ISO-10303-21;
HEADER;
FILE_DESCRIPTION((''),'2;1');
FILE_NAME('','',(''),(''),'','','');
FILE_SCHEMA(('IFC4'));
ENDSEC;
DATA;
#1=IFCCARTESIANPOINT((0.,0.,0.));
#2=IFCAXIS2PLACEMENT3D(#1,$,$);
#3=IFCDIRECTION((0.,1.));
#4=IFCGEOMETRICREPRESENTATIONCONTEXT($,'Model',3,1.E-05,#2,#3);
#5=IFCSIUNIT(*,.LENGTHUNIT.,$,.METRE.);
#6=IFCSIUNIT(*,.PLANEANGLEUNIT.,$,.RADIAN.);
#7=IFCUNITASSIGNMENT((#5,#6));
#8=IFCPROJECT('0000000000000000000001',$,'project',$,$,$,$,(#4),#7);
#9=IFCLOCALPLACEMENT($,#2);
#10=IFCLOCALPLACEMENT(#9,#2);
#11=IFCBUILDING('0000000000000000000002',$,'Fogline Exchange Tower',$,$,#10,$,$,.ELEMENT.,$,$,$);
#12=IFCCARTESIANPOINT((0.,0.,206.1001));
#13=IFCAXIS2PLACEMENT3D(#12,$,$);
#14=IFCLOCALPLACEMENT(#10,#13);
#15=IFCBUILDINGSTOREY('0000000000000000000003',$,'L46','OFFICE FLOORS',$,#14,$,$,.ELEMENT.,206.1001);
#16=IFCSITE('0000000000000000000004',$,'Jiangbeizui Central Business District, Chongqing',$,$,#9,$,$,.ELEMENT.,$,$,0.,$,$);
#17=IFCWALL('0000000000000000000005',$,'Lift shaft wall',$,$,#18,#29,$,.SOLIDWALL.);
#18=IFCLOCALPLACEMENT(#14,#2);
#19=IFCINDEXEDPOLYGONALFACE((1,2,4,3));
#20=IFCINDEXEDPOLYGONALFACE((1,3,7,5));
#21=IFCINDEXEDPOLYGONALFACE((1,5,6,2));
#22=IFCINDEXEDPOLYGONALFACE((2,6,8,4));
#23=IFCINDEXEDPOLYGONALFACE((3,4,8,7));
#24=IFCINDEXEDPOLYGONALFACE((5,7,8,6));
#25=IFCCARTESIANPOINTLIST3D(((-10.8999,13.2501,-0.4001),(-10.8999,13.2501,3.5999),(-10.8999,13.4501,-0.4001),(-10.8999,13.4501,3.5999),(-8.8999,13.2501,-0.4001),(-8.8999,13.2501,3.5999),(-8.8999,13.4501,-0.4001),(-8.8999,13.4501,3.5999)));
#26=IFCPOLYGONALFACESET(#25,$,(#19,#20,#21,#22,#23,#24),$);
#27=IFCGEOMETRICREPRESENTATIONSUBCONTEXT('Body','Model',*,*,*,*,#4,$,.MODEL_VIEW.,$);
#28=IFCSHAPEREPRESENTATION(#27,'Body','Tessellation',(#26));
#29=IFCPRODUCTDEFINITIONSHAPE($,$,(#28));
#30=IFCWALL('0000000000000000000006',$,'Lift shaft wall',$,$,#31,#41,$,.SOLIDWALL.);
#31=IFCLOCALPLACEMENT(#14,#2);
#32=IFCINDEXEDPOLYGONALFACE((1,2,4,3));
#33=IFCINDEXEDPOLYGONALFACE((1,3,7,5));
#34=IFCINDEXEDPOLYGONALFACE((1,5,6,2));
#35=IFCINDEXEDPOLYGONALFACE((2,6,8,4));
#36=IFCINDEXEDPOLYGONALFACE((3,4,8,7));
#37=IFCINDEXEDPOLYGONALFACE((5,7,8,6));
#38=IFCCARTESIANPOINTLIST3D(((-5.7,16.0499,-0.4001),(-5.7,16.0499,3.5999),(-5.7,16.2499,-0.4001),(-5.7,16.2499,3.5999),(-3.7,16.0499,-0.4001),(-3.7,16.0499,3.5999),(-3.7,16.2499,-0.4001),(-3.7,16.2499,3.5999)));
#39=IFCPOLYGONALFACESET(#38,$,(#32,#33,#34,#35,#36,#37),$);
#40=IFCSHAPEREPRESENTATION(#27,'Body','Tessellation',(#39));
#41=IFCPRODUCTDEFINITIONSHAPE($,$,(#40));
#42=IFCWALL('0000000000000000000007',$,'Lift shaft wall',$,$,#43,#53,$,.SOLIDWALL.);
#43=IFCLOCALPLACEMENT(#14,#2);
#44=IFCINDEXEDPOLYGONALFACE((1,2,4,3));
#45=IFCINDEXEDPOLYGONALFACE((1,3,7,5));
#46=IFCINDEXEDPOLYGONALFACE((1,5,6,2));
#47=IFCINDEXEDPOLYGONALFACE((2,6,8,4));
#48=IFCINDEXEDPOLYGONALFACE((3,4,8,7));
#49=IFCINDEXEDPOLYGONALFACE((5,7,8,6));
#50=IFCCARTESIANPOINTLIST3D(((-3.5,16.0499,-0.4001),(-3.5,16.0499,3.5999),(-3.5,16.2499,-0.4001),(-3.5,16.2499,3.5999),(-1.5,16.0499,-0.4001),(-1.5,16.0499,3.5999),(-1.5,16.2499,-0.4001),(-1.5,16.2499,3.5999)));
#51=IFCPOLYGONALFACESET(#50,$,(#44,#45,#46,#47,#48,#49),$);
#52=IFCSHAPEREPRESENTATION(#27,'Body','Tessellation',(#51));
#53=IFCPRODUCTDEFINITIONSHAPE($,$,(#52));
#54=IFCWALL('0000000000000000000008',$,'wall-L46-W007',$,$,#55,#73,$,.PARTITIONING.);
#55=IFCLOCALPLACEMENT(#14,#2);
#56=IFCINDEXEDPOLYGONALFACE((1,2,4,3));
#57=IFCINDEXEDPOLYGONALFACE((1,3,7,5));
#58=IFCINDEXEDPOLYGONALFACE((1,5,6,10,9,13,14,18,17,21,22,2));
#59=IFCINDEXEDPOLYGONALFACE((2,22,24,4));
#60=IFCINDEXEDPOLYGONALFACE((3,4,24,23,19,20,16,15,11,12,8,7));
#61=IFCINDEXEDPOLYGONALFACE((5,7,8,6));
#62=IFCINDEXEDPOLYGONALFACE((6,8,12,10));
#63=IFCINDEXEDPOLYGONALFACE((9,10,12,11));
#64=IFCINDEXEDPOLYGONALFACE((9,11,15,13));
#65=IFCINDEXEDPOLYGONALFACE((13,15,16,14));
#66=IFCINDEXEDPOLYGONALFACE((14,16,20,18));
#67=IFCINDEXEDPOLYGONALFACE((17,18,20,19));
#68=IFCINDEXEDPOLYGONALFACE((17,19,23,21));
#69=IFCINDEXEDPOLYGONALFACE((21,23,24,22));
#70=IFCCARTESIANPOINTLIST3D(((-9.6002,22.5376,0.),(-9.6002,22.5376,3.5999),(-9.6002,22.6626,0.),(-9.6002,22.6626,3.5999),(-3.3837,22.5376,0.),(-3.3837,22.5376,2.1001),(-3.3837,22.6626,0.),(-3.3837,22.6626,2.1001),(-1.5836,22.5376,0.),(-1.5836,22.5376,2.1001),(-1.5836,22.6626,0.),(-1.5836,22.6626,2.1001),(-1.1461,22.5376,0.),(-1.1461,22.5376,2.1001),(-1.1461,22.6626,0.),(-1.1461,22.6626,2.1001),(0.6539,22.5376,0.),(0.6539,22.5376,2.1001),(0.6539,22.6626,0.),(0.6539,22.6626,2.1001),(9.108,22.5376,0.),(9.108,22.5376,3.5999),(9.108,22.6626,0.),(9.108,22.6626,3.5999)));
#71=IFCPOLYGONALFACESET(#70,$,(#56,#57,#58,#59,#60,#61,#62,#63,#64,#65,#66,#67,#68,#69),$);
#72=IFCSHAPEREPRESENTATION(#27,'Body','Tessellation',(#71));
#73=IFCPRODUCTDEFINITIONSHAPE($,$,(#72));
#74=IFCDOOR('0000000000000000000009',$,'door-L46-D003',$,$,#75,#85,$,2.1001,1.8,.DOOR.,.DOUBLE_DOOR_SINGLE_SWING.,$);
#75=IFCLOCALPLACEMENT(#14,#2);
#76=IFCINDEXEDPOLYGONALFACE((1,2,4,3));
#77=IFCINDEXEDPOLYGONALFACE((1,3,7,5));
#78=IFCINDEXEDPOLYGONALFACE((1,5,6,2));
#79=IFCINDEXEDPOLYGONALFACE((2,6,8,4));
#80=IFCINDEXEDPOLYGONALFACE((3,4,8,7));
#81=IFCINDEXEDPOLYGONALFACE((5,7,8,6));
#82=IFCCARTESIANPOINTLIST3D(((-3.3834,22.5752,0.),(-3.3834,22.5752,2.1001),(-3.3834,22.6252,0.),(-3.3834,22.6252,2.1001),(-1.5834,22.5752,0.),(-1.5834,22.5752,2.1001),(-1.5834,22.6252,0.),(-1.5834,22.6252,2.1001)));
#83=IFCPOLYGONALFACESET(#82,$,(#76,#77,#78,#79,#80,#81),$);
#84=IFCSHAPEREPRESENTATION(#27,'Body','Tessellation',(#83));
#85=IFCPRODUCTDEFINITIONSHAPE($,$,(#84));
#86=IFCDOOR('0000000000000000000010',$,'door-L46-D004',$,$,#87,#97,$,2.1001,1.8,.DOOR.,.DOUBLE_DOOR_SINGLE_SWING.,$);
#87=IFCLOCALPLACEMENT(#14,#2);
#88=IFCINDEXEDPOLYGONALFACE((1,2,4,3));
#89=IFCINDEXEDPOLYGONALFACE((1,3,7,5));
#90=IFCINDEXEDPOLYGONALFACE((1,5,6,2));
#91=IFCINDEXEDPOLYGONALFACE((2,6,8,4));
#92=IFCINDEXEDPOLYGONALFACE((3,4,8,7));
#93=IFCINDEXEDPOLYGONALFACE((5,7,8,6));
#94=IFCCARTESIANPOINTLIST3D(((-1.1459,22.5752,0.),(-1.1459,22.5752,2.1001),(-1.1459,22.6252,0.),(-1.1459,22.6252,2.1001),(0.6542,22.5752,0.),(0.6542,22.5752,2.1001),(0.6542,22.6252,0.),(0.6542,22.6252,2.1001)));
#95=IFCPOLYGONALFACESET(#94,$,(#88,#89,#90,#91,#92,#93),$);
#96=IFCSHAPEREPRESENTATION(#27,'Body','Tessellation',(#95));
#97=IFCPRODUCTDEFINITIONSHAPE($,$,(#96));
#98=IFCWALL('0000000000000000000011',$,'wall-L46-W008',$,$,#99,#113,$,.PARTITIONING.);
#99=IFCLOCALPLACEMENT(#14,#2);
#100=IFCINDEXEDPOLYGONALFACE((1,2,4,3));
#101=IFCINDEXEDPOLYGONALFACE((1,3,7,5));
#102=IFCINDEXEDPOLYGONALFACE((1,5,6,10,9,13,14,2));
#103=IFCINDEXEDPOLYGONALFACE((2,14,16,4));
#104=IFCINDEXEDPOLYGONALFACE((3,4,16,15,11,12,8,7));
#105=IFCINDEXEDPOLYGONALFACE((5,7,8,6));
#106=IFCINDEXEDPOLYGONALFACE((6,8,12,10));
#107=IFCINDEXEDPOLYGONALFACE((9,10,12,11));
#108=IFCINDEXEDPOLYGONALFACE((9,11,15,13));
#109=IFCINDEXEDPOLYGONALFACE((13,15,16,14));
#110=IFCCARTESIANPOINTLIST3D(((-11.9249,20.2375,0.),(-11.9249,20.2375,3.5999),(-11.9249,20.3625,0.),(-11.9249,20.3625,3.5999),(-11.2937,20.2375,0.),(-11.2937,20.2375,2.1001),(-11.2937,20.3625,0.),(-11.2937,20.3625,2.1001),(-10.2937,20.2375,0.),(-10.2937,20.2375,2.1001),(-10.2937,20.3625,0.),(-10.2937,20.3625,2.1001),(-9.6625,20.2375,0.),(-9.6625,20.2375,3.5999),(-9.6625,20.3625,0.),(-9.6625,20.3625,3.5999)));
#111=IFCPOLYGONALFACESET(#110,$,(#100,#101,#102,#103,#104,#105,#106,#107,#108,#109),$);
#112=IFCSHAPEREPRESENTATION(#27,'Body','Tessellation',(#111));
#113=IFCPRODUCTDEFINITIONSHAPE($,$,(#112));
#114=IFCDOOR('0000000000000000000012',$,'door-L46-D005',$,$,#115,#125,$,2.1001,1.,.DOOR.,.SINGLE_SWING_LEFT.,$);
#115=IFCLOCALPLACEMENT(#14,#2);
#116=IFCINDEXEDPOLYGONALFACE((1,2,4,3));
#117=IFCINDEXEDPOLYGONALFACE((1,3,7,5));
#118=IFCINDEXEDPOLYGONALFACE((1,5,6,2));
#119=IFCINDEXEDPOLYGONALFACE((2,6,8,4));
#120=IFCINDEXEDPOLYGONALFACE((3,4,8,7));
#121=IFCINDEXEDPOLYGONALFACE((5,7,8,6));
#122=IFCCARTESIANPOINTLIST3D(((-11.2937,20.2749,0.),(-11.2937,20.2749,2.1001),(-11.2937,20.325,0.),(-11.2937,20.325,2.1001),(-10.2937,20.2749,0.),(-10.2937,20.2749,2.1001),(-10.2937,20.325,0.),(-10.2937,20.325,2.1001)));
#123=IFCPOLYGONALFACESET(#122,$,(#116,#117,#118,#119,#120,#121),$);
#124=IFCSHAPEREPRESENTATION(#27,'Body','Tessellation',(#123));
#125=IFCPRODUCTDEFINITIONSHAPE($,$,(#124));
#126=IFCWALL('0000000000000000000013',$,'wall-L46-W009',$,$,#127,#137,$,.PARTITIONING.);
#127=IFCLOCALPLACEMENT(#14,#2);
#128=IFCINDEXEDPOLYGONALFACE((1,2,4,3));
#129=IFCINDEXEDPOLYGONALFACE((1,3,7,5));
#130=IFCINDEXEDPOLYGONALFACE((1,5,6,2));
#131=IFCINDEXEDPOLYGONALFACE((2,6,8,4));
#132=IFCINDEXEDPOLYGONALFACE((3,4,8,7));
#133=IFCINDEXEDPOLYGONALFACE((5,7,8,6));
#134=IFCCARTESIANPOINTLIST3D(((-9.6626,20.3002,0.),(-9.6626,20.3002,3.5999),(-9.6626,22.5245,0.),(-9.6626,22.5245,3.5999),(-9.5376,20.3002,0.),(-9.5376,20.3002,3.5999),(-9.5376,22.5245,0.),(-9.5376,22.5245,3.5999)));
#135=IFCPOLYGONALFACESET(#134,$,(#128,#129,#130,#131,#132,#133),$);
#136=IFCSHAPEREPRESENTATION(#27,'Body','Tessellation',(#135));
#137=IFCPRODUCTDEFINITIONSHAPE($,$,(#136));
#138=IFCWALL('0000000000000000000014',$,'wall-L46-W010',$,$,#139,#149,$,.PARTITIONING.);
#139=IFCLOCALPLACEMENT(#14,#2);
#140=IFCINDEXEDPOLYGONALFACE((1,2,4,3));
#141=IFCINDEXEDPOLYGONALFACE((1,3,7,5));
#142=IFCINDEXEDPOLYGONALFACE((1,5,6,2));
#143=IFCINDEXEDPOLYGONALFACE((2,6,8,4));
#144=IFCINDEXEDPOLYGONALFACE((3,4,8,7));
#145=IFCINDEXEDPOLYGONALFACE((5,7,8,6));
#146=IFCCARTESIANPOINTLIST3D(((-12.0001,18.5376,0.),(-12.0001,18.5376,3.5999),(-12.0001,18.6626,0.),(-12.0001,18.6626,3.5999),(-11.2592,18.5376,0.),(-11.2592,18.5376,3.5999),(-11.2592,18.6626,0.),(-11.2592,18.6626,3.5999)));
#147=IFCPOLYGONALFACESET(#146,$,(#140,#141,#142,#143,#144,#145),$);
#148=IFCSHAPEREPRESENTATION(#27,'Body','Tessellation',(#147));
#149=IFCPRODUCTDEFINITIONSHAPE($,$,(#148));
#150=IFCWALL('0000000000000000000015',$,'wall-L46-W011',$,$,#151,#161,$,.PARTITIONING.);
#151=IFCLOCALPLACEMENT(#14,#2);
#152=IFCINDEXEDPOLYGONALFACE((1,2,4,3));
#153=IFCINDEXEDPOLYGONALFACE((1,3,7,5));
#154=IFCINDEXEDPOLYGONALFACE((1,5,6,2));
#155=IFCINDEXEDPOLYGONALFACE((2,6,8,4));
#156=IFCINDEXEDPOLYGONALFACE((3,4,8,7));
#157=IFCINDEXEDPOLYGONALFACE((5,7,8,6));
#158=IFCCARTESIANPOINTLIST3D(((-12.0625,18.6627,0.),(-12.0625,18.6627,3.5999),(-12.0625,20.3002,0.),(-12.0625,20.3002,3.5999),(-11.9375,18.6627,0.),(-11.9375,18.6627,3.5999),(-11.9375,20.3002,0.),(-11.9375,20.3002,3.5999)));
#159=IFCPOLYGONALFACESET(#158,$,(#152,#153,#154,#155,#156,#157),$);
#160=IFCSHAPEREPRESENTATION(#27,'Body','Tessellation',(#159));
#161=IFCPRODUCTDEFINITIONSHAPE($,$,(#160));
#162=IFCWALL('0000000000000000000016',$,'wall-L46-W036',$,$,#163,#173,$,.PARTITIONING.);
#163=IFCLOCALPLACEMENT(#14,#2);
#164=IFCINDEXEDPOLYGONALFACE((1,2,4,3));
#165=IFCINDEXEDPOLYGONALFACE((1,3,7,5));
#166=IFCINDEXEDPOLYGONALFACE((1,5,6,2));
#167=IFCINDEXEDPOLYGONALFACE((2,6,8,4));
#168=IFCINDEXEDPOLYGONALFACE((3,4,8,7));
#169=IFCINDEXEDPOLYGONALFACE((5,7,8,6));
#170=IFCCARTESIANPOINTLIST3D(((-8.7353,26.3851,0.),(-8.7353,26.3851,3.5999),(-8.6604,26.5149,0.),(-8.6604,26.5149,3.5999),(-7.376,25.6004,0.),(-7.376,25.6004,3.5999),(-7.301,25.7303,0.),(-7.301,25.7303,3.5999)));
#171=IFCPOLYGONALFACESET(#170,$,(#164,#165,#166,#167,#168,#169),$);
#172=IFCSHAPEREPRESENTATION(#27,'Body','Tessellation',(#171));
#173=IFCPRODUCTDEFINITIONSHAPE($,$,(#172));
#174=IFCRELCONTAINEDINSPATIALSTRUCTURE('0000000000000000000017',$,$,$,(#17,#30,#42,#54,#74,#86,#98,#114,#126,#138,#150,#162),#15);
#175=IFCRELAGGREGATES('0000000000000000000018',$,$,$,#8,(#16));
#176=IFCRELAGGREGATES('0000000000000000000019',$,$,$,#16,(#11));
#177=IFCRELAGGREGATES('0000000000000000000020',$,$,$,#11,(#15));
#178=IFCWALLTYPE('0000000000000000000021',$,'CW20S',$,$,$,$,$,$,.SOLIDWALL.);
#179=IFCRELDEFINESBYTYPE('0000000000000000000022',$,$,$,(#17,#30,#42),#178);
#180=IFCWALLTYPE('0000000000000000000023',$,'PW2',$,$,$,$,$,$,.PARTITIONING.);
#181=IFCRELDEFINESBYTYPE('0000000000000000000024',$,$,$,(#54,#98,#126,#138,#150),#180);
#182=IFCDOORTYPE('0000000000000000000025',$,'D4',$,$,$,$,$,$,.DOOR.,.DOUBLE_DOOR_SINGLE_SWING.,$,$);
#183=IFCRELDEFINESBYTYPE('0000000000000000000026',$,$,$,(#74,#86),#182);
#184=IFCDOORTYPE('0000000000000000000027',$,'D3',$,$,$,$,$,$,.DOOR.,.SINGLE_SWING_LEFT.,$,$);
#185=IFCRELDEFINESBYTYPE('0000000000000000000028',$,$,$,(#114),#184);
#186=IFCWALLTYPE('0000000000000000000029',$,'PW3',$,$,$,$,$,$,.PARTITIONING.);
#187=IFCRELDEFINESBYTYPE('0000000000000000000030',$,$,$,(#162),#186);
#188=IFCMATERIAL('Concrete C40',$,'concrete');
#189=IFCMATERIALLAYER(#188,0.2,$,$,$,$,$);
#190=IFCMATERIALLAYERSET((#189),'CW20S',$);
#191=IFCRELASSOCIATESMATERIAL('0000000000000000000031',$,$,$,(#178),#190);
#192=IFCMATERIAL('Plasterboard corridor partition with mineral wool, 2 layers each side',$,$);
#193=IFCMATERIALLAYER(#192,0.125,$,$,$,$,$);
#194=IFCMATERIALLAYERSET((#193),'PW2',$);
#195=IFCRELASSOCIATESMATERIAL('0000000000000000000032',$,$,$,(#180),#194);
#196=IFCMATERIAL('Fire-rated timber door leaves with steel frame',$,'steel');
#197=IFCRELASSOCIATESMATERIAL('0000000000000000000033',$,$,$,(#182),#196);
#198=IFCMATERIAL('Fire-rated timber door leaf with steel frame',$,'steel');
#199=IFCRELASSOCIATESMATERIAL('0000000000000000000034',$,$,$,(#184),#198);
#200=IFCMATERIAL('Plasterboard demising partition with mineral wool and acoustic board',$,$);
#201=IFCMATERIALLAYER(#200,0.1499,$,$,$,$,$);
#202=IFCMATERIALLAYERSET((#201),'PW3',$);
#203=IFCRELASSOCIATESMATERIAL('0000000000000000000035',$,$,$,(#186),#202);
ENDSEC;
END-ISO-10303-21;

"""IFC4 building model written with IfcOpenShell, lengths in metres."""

from ifc_helpers import new_model, si_unit, direction, frame, frame_2d, origin, place, context, subcontext, project, spatial, rectangle, extrude, material, layer, layer_set, type_object, element, fill, save


model = new_model("IFC4")

# Units and contexts
model_context = context("Model", 3, precision=1e-05, world=origin(), true_north=direction((0.0, 1.0)))
body_context = subcontext(model_context, "Body", "Model", "MODEL_VIEW")
ifc_project = project(units=[si_unit("LENGTHUNIT", "METRE"), si_unit("PLANEANGLEUNIT", "RADIAN")], contexts=[model_context])

# Site, building, storey
site_placement = place(None, origin())
site = spatial("IfcSite", under=ifc_project, at=site_placement, Name="Jiangbeizui Central Business District, Chongqing", CompositionType="ELEMENT", RefElevation=0.0)
building_placement = place(site_placement, origin())
building = spatial("IfcBuilding", under=site, at=building_placement, Name="Fogline Exchange Tower", CompositionType="ELEMENT")
storey_placement = place(building_placement, frame((0.0, 0.0, 206.1001)))
storey = spatial("IfcBuildingStorey", under=building, at=storey_placement, Name="L46", Description="OFFICE FLOORS", CompositionType="ELEMENT", Elevation=206.1001)

# Shared definitions
ifc_material_1 = material(Name="Concrete C40", Category="concrete")

# Walls
ifc_layer_1 = layer(ifc_material_1, 0.2)
ifc_layer_set_1 = layer_set([ifc_layer_1], Name="CW20S")
wall_type_1 = type_object("IfcWallType", Name="CW20S", PredefinedType="SOLIDWALL", material=ifc_layer_set_1)
for number, where, z_axis, x_axis, name in (
    (1, (-10.8999, 13.3501, -0.4001), (0.0, 0.0, 1.0), (1.0, 0.0, 0.0), "Lift shaft wall"),
    (2, (-5.7, 16.1499, -0.4001), (0.0, 0.0, 1.0), (1.0, 0.0, 0.0), "Lift shaft wall"),
    (3, (-3.5, 16.1499, -0.4001), (0.0, 0.0, 1.0), (1.0, 0.0, 0.0), "Lift shaft wall"),
):
    element("IfcWall", number, at=place(storey_placement, frame(where, z_axis=z_axis, x_axis=x_axis)), inside=storey, type_object=wall_type_1, Name=name, PredefinedType="SOLIDWALL", context=body_context, shape_type="SweptSolid", body=[
        extrude(rectangle(XDim=2.0, YDim=0.2, at=frame_2d((1.0, 0.0))), origin(), (0.0, 0.0, 1.0), 4.0),
    ])

# Wall, openings, doors
ifc_material_2 = material(Name="Plasterboard corridor partition with mineral wool, 2 layers each side")
ifc_layer_2 = layer(ifc_material_2, 0.125)
ifc_layer_set_2 = layer_set([ifc_layer_2], Name="PW2")
wall_type_2 = type_object("IfcWallType", Name="PW2", PredefinedType="PARTITIONING", material=ifc_layer_set_2)
wall_1_placement = place(storey_placement, frame((-9.6001, 22.6001, 0.0), z_axis=(0.0, 0.0, 1.0), x_axis=(1.0, 0.0, 0.0)))
wall_1 = element("IfcWall", 4, at=wall_1_placement, inside=storey, type_object=wall_type_2, Name="wall-L46-W007", PredefinedType="PARTITIONING", context=body_context, shape_type="SweptSolid", body=[
    extrude(rectangle(XDim=18.7083, YDim=0.125, at=frame_2d((9.354, 0.0))), origin(), (0.0, 0.0, 1.0), 3.5999),
])
opening_1_placement = place(wall_1_placement, frame((6.2166, 0.0, 0.0)))
opening_1 = element("IfcOpeningElement", 5, at=opening_1_placement, cuts=wall_1, PredefinedType="OPENING", context=body_context, shape_type="SweptSolid", body=[
    extrude(rectangle(XDim=1.8, YDim=2.1001, at=frame_2d((0.8999, 1.05))), frame((0.0, 0.0725, 0.0), z_axis=(0.0, -1.0, 0.0), x_axis=(1.0, 0.0, 0.0)), (0.0, 0.0, 1.0), 0.145),
])
opening_2_placement = place(wall_1_placement, frame((8.4541, 0.0, 0.0)))
opening_2 = element("IfcOpeningElement", 6, at=opening_2_placement, cuts=wall_1, PredefinedType="OPENING", context=body_context, shape_type="SweptSolid", body=[
    extrude(rectangle(XDim=1.8, YDim=2.1001, at=frame_2d((0.8999, 1.05))), frame((0.0, 0.0725, 0.0), z_axis=(0.0, -1.0, 0.0), x_axis=(1.0, 0.0, 0.0)), (0.0, 0.0, 1.0), 0.145),
])
ifc_material_3 = material(Name="Fire-rated timber door leaves with steel frame", Category="steel")
door_type_1 = type_object("IfcDoorType", Name="D4", OperationType="DOUBLE_DOOR_SINGLE_SWING", PredefinedType="DOOR", material=ifc_material_3)
door_1_placement = place(opening_1_placement, frame((1.8, 0.0, 0.0), z_axis=(0.0, 0.0, 1.0), x_axis=(-1.0, 0.0, 0.0)))
door_1 = element("IfcDoor", 7, at=door_1_placement, inside=storey, type_object=door_type_1, Name="door-L46-D003", OperationType="DOUBLE_DOOR_SINGLE_SWING", OverallHeight=2.1001, OverallWidth=1.8, PredefinedType="DOOR", context=body_context, shape_type="SweptSolid", body=[
    extrude(rectangle(XDim=1.8, YDim=2.1001, at=frame_2d((0.8999, 1.05))), frame((0.0, 0.0249, 0.0), z_axis=(0.0, -1.0, 0.0), x_axis=(1.0, 0.0, 0.0)), (0.0, 0.0, 1.0), 0.05),
])
fill(opening_1, door_1)
door_2_placement = place(opening_2_placement, frame((1.8, 0.0, 0.0), z_axis=(0.0, 0.0, 1.0), x_axis=(-1.0, 0.0, 0.0)))
door_2 = element("IfcDoor", 8, at=door_2_placement, inside=storey, type_object=door_type_1, Name="door-L46-D004", OperationType="DOUBLE_DOOR_SINGLE_SWING", OverallHeight=2.1001, OverallWidth=1.8, PredefinedType="DOOR", context=body_context, shape_type="SweptSolid", body=[
    extrude(rectangle(XDim=1.8, YDim=2.1001, at=frame_2d((0.8999, 1.05))), frame((0.0, 0.0249, 0.0), z_axis=(0.0, -1.0, 0.0), x_axis=(1.0, 0.0, 0.0)), (0.0, 0.0, 1.0), 0.05),
])
fill(opening_2, door_2)

# Wall, opening, door
wall_2_placement = place(storey_placement, frame((-11.925, 20.3, 0.0), z_axis=(0.0, 0.0, 1.0), x_axis=(1.0, 0.0, 0.0)))
wall_2 = element("IfcWall", 9, at=wall_2_placement, inside=storey, type_object=wall_type_2, Name="wall-L46-W008", PredefinedType="PARTITIONING", context=body_context, shape_type="SweptSolid", body=[
    extrude(rectangle(XDim=2.2625, YDim=0.125, at=frame_2d((1.1313, 0.0))), origin(), (0.0, 0.0, 1.0), 3.5999),
])
opening_3_placement = place(wall_2_placement, frame((0.6313, 0.0, 0.0)))
opening_3 = element("IfcOpeningElement", 10, at=opening_3_placement, cuts=wall_2, PredefinedType="OPENING", context=body_context, shape_type="SweptSolid", body=[
    extrude(rectangle(XDim=1.0, YDim=2.1001, at=frame_2d((0.5, 1.05))), frame((0.0, 0.0725, 0.0), z_axis=(0.0, -1.0, 0.0), x_axis=(1.0, 0.0, 0.0)), (0.0, 0.0, 1.0), 0.145),
])
ifc_material_4 = material(Name="Fire-rated timber door leaf with steel frame", Category="steel")
door_type_2 = type_object("IfcDoorType", Name="D3", OperationType="SINGLE_SWING_LEFT", PredefinedType="DOOR", material=ifc_material_4)
door_3_placement = place(opening_3_placement, origin())
door_3 = element("IfcDoor", 11, at=door_3_placement, inside=storey, type_object=door_type_2, Name="door-L46-D005", OperationType="SINGLE_SWING_LEFT", OverallHeight=2.1001, OverallWidth=1.0, PredefinedType="DOOR", context=body_context, shape_type="SweptSolid", body=[
    extrude(rectangle(XDim=1.0, YDim=2.1001, at=frame_2d((0.5, 1.05))), frame((0.0, 0.0249, 0.0), z_axis=(0.0, -1.0, 0.0), x_axis=(1.0, 0.0, 0.0)), (0.0, 0.0, 1.0), 0.05),
])
fill(opening_3, door_3)

# Walls
wall_3_placement = place(storey_placement, frame((-9.6001, 20.3, 0.0), z_axis=(0.0, 0.0, 1.0), x_axis=(0.0, 1.0, 0.0)))
element("IfcWall", 12, at=wall_3_placement, inside=storey, type_object=wall_type_2, Name="wall-L46-W009", PredefinedType="PARTITIONING", context=body_context, shape_type="SweptSolid", body=[
    extrude(rectangle(XDim=2.2244, YDim=0.125, at=frame_2d((1.1123, 0.0))), origin(), (0.0, 0.0, 1.0), 3.5999),
])
wall_4_placement = place(storey_placement, frame((-11.259, 18.6001, 0.0), z_axis=(0.0, 0.0, 1.0), x_axis=(-1.0, 0.0, 0.0)))
element("IfcWall", 13, at=wall_4_placement, inside=storey, type_object=wall_type_2, Name="wall-L46-W010", PredefinedType="PARTITIONING", context=body_context, shape_type="SweptSolid", body=[
    extrude(rectangle(XDim=0.741, YDim=0.125, at=frame_2d((0.3706, 0.0))), origin(), (0.0, 0.0, 1.0), 3.5999),
])
wall_5_placement = place(storey_placement, frame((-12.0, 18.6626, 0.0), z_axis=(0.0, 0.0, 1.0), x_axis=(0.0, 1.0, 0.0)))
element("IfcWall", 14, at=wall_5_placement, inside=storey, type_object=wall_type_2, Name="wall-L46-W011", PredefinedType="PARTITIONING", context=body_context, shape_type="SweptSolid", body=[
    extrude(rectangle(XDim=1.6375, YDim=0.125, at=frame_2d((0.8188, 0.0))), origin(), (0.0, 0.0, 1.0), 3.5999),
])
ifc_material_5 = material(Name="Plasterboard demising partition with mineral wool and acoustic board")
ifc_layer_3 = layer(ifc_material_5, 0.1499)
ifc_layer_set_3 = layer_set([ifc_layer_3], Name="PW3")
wall_type_3 = type_object("IfcWallType", Name="PW3", PredefinedType="PARTITIONING", material=ifc_layer_set_3)
wall_6_placement = place(storey_placement, frame((-8.6978, 26.45, 0.0), z_axis=(0.0, 0.0, 1.0), x_axis=(0.866072, -0.49992, 0.0)))
element("IfcWall", 15, at=wall_6_placement, inside=storey, type_object=wall_type_3, Name="wall-L46-W036", PredefinedType="PARTITIONING", context=body_context, shape_type="SweptSolid", body=[
    extrude(rectangle(XDim=1.5696, YDim=0.1499, at=frame_2d((0.7847, 0.0))), origin(), (0.0, 0.0, 1.0), 3.5999),
])

save(model, "model.ifc")
